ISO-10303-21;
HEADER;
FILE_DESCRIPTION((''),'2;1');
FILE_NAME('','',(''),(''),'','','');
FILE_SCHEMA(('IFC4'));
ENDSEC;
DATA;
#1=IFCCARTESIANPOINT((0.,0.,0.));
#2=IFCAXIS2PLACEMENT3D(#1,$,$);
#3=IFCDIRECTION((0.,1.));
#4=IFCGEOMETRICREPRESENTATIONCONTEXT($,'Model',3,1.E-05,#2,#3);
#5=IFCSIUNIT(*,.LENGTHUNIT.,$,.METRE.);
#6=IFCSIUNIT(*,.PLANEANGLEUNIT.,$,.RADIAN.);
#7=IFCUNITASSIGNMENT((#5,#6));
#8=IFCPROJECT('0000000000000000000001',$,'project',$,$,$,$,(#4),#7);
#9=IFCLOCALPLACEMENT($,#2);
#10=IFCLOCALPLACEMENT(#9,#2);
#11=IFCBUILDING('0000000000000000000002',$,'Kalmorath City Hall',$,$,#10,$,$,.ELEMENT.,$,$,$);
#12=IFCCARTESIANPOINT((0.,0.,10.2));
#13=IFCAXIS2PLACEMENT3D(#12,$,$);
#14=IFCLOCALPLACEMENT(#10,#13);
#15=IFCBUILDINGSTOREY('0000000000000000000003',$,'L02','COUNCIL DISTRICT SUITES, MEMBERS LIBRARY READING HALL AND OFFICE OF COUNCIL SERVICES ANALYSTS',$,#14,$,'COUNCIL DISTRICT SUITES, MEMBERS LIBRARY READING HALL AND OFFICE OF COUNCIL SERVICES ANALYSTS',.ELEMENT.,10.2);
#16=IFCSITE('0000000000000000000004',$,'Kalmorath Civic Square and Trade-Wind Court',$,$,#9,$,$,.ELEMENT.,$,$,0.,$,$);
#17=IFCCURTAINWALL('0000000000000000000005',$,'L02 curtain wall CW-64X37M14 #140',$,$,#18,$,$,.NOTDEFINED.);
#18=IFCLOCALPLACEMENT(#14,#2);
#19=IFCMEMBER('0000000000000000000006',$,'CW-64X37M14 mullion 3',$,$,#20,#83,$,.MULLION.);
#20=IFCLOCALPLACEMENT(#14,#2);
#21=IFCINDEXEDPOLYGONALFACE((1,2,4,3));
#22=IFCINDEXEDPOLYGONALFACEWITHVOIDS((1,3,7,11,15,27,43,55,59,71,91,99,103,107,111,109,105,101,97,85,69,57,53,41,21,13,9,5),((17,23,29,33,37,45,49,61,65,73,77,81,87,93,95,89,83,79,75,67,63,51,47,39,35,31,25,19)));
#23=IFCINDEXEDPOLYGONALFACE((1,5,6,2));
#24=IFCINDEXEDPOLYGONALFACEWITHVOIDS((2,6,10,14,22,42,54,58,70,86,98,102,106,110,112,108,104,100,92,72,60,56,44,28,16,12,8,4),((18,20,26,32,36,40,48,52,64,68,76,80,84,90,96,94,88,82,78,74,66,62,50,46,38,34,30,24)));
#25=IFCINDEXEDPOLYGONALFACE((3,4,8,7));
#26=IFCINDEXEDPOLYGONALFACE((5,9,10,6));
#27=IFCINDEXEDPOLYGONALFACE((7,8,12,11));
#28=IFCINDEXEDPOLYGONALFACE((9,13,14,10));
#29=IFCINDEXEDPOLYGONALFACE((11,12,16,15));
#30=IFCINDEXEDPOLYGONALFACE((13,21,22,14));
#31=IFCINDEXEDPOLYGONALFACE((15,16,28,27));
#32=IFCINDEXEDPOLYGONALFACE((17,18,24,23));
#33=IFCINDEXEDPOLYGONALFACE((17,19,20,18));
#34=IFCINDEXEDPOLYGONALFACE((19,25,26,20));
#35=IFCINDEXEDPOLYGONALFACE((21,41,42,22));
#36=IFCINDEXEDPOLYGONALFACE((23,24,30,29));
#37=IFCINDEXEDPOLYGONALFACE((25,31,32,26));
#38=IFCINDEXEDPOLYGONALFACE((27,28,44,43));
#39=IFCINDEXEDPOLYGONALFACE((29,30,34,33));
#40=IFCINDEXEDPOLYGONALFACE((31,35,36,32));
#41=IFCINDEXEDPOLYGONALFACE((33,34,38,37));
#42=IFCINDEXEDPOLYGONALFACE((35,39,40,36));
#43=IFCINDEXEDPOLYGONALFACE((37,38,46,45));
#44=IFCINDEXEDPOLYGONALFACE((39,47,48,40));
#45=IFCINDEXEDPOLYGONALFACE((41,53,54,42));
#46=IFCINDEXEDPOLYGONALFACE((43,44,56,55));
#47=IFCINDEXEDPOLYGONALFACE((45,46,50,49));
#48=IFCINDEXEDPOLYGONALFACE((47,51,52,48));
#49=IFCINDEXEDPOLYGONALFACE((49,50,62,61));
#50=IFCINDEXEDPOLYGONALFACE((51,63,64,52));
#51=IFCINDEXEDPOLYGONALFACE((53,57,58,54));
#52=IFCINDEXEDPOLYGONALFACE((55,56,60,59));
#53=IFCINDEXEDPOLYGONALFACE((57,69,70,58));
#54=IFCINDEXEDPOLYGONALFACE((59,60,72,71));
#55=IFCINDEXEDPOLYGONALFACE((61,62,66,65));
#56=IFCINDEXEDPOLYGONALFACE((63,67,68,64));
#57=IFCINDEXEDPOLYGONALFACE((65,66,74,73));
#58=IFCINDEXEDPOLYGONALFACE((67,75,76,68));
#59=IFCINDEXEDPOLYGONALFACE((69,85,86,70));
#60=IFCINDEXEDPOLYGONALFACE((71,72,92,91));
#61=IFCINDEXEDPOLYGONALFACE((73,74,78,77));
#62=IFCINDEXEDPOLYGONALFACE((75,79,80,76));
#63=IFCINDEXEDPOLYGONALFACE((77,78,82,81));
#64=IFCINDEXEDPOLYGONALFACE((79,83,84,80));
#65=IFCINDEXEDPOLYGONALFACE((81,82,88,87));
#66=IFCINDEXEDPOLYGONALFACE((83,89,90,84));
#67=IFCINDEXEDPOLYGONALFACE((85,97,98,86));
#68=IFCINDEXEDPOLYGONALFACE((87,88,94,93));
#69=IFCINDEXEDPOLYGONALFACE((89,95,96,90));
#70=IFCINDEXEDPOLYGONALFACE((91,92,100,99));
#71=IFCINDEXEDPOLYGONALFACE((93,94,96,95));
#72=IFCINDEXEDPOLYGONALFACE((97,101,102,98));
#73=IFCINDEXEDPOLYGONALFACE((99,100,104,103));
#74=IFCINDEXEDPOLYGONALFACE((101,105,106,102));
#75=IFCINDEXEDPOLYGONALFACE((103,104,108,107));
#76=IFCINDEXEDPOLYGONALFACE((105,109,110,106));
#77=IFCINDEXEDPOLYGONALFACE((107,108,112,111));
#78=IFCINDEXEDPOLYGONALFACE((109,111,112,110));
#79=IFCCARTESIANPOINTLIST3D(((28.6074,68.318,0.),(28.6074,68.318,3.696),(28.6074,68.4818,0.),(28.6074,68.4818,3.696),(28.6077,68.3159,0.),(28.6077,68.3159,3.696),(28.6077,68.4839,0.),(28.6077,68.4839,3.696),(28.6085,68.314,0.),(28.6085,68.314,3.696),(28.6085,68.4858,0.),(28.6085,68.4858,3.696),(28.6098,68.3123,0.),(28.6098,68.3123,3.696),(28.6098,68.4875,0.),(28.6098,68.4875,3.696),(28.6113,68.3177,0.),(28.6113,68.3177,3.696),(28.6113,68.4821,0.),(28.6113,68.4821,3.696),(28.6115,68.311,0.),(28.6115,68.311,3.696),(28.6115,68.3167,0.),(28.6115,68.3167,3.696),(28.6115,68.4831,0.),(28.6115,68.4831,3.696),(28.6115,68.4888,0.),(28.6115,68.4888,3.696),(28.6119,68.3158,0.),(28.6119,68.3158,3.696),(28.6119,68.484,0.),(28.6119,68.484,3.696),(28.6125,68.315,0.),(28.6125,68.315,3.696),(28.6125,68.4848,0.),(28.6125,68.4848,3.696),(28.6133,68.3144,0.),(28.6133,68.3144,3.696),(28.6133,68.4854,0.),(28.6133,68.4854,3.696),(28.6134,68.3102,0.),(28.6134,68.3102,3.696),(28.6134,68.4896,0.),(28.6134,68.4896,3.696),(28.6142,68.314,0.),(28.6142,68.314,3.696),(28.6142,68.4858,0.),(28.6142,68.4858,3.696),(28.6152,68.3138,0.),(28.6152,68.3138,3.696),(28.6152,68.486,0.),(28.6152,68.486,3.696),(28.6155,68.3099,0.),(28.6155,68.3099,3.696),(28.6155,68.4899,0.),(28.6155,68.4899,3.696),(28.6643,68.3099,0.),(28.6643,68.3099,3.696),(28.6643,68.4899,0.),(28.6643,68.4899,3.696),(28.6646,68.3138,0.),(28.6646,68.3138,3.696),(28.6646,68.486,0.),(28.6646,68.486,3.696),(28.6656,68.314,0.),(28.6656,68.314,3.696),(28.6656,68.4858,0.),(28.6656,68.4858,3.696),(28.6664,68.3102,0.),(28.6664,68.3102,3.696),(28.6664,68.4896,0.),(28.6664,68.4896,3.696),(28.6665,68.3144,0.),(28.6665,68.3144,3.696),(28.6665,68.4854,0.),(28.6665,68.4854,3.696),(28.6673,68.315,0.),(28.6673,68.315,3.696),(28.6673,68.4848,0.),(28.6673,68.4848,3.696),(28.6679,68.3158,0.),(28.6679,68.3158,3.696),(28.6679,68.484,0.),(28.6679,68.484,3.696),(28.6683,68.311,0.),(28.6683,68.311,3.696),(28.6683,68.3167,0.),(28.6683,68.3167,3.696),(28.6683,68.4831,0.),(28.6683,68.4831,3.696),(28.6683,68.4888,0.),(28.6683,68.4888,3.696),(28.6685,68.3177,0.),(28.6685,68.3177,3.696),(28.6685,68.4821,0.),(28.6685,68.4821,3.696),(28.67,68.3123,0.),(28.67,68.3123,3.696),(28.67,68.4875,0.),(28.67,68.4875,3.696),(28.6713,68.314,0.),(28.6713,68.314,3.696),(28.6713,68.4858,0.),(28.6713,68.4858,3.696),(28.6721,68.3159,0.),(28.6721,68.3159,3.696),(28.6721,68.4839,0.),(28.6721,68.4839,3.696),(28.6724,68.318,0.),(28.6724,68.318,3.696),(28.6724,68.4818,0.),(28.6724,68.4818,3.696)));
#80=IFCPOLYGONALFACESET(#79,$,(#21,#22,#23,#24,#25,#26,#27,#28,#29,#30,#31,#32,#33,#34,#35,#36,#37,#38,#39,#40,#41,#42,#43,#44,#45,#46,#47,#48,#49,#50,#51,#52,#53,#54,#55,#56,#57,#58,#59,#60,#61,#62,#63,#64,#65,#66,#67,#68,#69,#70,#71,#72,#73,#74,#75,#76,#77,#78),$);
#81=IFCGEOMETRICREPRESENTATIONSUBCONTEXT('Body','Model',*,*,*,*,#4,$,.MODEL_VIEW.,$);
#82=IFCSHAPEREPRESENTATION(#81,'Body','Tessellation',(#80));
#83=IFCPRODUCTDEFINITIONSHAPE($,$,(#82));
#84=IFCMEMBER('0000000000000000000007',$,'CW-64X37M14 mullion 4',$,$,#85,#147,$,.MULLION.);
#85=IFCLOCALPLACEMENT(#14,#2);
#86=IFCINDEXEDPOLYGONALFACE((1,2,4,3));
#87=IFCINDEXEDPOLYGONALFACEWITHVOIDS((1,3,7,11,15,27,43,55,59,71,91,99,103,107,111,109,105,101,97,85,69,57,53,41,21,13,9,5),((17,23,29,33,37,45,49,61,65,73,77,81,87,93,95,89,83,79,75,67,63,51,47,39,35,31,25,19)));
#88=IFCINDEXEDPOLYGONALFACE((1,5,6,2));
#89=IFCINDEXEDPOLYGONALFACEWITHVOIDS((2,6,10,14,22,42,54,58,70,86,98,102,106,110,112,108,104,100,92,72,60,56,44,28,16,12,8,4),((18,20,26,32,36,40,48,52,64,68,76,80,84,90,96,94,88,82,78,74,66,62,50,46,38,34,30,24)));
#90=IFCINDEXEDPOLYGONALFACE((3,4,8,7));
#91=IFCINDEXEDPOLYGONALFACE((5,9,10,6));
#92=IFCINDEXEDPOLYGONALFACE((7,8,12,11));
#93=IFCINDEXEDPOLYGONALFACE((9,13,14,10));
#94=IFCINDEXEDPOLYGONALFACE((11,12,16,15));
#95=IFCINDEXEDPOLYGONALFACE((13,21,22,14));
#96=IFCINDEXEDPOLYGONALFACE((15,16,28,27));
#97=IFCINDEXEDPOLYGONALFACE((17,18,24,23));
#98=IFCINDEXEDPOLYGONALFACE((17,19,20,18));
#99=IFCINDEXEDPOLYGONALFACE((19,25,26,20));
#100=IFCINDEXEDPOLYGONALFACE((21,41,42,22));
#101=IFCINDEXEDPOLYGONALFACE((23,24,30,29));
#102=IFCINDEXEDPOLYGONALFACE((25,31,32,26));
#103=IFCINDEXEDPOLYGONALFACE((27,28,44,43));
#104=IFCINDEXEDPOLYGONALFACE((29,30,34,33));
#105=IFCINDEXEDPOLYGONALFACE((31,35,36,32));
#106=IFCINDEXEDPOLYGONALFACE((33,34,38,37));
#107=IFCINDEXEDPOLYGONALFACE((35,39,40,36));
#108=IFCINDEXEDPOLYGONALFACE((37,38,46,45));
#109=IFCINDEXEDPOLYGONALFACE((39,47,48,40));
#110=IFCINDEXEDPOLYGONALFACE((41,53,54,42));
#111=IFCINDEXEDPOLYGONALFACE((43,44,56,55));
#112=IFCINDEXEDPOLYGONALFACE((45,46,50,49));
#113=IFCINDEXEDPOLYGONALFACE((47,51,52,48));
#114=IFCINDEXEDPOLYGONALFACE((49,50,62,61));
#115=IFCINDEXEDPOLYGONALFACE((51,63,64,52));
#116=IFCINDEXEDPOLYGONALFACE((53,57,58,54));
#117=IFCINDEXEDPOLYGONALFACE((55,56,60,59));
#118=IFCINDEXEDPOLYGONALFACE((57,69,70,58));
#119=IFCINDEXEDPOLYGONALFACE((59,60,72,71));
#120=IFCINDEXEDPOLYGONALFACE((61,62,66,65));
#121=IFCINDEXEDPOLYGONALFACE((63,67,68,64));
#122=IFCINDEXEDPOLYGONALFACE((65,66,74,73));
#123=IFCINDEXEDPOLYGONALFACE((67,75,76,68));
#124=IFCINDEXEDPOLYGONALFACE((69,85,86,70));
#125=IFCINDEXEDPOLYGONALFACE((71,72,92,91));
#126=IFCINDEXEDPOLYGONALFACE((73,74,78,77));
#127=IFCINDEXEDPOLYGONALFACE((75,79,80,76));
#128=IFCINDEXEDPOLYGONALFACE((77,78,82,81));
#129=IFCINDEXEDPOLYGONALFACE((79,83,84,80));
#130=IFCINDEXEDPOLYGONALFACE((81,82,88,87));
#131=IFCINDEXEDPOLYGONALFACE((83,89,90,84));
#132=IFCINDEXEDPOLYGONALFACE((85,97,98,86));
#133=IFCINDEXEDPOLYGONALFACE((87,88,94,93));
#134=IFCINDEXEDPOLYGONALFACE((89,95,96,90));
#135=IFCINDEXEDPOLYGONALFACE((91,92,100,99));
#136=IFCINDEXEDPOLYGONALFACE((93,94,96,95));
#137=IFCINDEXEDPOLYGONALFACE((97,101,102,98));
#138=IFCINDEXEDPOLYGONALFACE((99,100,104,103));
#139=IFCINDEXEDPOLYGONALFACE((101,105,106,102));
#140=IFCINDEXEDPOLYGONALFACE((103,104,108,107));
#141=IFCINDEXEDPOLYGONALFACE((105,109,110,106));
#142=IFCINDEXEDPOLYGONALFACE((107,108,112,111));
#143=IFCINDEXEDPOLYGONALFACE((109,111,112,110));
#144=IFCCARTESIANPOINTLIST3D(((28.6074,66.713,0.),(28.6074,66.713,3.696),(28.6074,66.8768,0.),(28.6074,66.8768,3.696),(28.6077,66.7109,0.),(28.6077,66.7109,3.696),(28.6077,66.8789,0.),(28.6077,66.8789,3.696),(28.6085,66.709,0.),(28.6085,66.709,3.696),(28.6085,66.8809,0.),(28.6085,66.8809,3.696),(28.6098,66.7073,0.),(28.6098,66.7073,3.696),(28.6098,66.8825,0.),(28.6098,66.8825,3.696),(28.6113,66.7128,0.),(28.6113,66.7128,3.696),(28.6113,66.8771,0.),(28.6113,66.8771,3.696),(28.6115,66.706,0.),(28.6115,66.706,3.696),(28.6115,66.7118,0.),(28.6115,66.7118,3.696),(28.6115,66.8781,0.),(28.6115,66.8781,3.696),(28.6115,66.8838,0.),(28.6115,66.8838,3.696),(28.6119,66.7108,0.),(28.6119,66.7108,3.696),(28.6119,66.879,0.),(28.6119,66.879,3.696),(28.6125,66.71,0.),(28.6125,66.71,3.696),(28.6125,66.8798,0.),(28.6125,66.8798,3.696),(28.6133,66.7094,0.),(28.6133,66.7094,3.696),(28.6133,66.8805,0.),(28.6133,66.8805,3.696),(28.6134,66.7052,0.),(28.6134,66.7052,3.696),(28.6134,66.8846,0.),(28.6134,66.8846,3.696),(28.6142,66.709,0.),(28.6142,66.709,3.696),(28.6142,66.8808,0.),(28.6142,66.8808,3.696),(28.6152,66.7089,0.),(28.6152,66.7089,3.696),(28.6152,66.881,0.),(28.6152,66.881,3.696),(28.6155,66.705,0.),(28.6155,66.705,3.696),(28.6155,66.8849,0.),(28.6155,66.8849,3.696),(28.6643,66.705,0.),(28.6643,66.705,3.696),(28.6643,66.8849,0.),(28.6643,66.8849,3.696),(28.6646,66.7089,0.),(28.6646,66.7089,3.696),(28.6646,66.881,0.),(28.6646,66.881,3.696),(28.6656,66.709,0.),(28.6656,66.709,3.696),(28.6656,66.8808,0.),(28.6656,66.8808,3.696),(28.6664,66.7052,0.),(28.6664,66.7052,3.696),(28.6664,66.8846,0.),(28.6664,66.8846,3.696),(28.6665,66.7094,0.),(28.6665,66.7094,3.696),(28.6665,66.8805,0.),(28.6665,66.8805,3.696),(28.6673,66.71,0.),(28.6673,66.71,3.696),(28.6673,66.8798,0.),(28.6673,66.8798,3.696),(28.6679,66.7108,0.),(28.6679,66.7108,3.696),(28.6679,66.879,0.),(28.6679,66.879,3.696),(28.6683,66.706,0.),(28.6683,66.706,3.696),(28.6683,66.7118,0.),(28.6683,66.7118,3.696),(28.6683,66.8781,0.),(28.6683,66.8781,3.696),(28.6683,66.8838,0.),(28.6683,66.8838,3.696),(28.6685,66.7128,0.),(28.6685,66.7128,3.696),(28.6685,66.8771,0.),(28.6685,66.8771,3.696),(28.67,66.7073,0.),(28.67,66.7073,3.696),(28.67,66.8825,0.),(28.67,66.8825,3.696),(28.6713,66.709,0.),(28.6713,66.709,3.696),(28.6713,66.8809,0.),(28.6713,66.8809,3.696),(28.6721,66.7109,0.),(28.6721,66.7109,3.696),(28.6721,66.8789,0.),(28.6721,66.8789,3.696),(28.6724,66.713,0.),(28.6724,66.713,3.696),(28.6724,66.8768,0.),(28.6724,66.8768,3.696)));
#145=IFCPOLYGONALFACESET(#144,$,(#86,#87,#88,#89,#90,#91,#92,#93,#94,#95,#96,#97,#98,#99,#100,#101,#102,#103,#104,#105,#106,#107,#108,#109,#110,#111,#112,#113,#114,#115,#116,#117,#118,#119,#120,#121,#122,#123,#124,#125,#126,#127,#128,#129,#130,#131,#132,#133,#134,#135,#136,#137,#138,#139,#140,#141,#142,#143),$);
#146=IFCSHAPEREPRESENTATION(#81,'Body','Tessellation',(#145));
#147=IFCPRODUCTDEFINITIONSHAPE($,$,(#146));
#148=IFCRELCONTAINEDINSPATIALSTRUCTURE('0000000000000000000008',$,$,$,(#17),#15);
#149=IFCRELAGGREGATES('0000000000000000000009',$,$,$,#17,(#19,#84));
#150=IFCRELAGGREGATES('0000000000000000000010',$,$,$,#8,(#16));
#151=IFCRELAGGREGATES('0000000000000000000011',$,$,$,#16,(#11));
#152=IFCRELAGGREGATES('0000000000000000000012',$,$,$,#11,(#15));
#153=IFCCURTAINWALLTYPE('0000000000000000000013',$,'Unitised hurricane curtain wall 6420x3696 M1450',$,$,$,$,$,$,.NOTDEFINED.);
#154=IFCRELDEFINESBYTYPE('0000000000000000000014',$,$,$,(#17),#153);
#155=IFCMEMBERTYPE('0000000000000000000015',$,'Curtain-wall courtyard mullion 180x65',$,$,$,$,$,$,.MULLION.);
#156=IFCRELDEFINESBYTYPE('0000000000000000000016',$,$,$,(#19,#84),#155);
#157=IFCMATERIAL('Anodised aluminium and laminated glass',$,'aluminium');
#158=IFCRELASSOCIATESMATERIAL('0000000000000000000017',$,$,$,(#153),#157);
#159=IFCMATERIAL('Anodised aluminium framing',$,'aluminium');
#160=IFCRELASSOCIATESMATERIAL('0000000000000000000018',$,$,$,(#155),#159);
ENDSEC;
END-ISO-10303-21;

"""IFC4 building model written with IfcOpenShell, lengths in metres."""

from ifc_helpers import new_model, si_unit, direction, frame, origin, origin_2d, place, context, subcontext, project, spatial, hollow_rectangle, extrude, material, material_profile, profile_set, type_object, element, aggregate, save


model = new_model("IFC4")

# Units and contexts
model_context = context("Model", 3, precision=1e-05, world=origin(), true_north=direction((0.0, 1.0)))
body_context = subcontext(model_context, "Body", "Model", "MODEL_VIEW")
ifc_project = project(units=[si_unit("LENGTHUNIT", "METRE"), si_unit("PLANEANGLEUNIT", "RADIAN")], contexts=[model_context])

# Site, building, storey
site_placement = place(None, origin())
site = spatial("IfcSite", under=ifc_project, at=site_placement, Name="Kalmorath Civic Square and Trade-Wind Court", CompositionType="ELEMENT", RefElevation=0.0)
building_placement = place(site_placement, origin())
building = spatial("IfcBuilding", under=site, at=building_placement, Name="Kalmorath City Hall", CompositionType="ELEMENT")
storey_placement = place(building_placement, frame((0.0, 0.0, 10.2)))
storey = spatial("IfcBuildingStorey", under=building, at=storey_placement, Name="L02", Description="COUNCIL DISTRICT SUITES, MEMBERS LIBRARY READING HALL AND OFFICE OF COUNCIL SERVICES ANALYSTS", LongName="COUNCIL DISTRICT SUITES, MEMBERS LIBRARY READING HALL AND OFFICE OF COUNCIL SERVICES ANALYSTS", CompositionType="ELEMENT", Elevation=10.2)

# Curtain wall, members
ifc_material_1 = material(Name="Anodised aluminium and laminated glass", Category="aluminium")
curtain_wall_type = type_object("IfcCurtainWallType", Name="Unitised hurricane curtain wall 6420x3696 M1450", PredefinedType="NOTDEFINED", material=ifc_material_1)
curtain_wall_placement = place(storey_placement, origin())
curtain_wall = element("IfcCurtainWall", 1, at=curtain_wall_placement, inside=storey, type_object=curtain_wall_type, Name="L02 curtain wall CW-64X37M14 #140", PredefinedType="NOTDEFINED")
ifc_material_2 = material(Name="Anodised aluminium framing", Category="aluminium")
ifc_material_profile_1 = material_profile(ifc_material_2, hollow_rectangle(XDim=0.0649, YDim=0.1799, WallThickness=0.0039, InnerFilletRadius=0.0039, OuterFilletRadius=0.0081, at=origin_2d()), Name="ALU-MUL-180X65X4")
ifc_profile_set_1 = profile_set([ifc_material_profile_1], Name="Anodised aluminium framing")
member_type_1 = type_object("IfcMemberType", Name="Curtain-wall courtyard mullion 180x65", PredefinedType="MULLION", material=ifc_profile_set_1)
member_1_placement = place(storey_placement, frame((28.6399, 68.3999, 0.0), z_axis=(0.0, 0.0, 1.0), x_axis=(1.0, 0.0, 0.0)))
member_1 = element("IfcMember", 2, at=member_1_placement, type_object=member_type_1, Name="CW-64X37M14 mullion 3", PredefinedType="MULLION", context=body_context, shape_type="SweptSolid", body=[
    extrude(hollow_rectangle(XDim=0.0649, YDim=0.1799, WallThickness=0.0039, InnerFilletRadius=0.0039, OuterFilletRadius=0.0081, at=origin_2d()), origin(), (0.0, 0.0, 1.0), 3.696),
])
member_2_placement = place(storey_placement, frame((28.6399, 66.7949, 0.0), z_axis=(0.0, 0.0, 1.0), x_axis=(1.0, 0.0, 0.0)))
member_2 = element("IfcMember", 3, at=member_2_placement, type_object=member_type_1, Name="CW-64X37M14 mullion 4", PredefinedType="MULLION", context=body_context, shape_type="SweptSolid", body=[
    extrude(hollow_rectangle(XDim=0.0649, YDim=0.1799, WallThickness=0.0039, InnerFilletRadius=0.0039, OuterFilletRadius=0.0081, at=origin_2d()), origin(), (0.0, 0.0, 1.0), 3.696),
])
aggregate(curtain_wall, [member_1, member_2])

save(model, "model.ifc")
